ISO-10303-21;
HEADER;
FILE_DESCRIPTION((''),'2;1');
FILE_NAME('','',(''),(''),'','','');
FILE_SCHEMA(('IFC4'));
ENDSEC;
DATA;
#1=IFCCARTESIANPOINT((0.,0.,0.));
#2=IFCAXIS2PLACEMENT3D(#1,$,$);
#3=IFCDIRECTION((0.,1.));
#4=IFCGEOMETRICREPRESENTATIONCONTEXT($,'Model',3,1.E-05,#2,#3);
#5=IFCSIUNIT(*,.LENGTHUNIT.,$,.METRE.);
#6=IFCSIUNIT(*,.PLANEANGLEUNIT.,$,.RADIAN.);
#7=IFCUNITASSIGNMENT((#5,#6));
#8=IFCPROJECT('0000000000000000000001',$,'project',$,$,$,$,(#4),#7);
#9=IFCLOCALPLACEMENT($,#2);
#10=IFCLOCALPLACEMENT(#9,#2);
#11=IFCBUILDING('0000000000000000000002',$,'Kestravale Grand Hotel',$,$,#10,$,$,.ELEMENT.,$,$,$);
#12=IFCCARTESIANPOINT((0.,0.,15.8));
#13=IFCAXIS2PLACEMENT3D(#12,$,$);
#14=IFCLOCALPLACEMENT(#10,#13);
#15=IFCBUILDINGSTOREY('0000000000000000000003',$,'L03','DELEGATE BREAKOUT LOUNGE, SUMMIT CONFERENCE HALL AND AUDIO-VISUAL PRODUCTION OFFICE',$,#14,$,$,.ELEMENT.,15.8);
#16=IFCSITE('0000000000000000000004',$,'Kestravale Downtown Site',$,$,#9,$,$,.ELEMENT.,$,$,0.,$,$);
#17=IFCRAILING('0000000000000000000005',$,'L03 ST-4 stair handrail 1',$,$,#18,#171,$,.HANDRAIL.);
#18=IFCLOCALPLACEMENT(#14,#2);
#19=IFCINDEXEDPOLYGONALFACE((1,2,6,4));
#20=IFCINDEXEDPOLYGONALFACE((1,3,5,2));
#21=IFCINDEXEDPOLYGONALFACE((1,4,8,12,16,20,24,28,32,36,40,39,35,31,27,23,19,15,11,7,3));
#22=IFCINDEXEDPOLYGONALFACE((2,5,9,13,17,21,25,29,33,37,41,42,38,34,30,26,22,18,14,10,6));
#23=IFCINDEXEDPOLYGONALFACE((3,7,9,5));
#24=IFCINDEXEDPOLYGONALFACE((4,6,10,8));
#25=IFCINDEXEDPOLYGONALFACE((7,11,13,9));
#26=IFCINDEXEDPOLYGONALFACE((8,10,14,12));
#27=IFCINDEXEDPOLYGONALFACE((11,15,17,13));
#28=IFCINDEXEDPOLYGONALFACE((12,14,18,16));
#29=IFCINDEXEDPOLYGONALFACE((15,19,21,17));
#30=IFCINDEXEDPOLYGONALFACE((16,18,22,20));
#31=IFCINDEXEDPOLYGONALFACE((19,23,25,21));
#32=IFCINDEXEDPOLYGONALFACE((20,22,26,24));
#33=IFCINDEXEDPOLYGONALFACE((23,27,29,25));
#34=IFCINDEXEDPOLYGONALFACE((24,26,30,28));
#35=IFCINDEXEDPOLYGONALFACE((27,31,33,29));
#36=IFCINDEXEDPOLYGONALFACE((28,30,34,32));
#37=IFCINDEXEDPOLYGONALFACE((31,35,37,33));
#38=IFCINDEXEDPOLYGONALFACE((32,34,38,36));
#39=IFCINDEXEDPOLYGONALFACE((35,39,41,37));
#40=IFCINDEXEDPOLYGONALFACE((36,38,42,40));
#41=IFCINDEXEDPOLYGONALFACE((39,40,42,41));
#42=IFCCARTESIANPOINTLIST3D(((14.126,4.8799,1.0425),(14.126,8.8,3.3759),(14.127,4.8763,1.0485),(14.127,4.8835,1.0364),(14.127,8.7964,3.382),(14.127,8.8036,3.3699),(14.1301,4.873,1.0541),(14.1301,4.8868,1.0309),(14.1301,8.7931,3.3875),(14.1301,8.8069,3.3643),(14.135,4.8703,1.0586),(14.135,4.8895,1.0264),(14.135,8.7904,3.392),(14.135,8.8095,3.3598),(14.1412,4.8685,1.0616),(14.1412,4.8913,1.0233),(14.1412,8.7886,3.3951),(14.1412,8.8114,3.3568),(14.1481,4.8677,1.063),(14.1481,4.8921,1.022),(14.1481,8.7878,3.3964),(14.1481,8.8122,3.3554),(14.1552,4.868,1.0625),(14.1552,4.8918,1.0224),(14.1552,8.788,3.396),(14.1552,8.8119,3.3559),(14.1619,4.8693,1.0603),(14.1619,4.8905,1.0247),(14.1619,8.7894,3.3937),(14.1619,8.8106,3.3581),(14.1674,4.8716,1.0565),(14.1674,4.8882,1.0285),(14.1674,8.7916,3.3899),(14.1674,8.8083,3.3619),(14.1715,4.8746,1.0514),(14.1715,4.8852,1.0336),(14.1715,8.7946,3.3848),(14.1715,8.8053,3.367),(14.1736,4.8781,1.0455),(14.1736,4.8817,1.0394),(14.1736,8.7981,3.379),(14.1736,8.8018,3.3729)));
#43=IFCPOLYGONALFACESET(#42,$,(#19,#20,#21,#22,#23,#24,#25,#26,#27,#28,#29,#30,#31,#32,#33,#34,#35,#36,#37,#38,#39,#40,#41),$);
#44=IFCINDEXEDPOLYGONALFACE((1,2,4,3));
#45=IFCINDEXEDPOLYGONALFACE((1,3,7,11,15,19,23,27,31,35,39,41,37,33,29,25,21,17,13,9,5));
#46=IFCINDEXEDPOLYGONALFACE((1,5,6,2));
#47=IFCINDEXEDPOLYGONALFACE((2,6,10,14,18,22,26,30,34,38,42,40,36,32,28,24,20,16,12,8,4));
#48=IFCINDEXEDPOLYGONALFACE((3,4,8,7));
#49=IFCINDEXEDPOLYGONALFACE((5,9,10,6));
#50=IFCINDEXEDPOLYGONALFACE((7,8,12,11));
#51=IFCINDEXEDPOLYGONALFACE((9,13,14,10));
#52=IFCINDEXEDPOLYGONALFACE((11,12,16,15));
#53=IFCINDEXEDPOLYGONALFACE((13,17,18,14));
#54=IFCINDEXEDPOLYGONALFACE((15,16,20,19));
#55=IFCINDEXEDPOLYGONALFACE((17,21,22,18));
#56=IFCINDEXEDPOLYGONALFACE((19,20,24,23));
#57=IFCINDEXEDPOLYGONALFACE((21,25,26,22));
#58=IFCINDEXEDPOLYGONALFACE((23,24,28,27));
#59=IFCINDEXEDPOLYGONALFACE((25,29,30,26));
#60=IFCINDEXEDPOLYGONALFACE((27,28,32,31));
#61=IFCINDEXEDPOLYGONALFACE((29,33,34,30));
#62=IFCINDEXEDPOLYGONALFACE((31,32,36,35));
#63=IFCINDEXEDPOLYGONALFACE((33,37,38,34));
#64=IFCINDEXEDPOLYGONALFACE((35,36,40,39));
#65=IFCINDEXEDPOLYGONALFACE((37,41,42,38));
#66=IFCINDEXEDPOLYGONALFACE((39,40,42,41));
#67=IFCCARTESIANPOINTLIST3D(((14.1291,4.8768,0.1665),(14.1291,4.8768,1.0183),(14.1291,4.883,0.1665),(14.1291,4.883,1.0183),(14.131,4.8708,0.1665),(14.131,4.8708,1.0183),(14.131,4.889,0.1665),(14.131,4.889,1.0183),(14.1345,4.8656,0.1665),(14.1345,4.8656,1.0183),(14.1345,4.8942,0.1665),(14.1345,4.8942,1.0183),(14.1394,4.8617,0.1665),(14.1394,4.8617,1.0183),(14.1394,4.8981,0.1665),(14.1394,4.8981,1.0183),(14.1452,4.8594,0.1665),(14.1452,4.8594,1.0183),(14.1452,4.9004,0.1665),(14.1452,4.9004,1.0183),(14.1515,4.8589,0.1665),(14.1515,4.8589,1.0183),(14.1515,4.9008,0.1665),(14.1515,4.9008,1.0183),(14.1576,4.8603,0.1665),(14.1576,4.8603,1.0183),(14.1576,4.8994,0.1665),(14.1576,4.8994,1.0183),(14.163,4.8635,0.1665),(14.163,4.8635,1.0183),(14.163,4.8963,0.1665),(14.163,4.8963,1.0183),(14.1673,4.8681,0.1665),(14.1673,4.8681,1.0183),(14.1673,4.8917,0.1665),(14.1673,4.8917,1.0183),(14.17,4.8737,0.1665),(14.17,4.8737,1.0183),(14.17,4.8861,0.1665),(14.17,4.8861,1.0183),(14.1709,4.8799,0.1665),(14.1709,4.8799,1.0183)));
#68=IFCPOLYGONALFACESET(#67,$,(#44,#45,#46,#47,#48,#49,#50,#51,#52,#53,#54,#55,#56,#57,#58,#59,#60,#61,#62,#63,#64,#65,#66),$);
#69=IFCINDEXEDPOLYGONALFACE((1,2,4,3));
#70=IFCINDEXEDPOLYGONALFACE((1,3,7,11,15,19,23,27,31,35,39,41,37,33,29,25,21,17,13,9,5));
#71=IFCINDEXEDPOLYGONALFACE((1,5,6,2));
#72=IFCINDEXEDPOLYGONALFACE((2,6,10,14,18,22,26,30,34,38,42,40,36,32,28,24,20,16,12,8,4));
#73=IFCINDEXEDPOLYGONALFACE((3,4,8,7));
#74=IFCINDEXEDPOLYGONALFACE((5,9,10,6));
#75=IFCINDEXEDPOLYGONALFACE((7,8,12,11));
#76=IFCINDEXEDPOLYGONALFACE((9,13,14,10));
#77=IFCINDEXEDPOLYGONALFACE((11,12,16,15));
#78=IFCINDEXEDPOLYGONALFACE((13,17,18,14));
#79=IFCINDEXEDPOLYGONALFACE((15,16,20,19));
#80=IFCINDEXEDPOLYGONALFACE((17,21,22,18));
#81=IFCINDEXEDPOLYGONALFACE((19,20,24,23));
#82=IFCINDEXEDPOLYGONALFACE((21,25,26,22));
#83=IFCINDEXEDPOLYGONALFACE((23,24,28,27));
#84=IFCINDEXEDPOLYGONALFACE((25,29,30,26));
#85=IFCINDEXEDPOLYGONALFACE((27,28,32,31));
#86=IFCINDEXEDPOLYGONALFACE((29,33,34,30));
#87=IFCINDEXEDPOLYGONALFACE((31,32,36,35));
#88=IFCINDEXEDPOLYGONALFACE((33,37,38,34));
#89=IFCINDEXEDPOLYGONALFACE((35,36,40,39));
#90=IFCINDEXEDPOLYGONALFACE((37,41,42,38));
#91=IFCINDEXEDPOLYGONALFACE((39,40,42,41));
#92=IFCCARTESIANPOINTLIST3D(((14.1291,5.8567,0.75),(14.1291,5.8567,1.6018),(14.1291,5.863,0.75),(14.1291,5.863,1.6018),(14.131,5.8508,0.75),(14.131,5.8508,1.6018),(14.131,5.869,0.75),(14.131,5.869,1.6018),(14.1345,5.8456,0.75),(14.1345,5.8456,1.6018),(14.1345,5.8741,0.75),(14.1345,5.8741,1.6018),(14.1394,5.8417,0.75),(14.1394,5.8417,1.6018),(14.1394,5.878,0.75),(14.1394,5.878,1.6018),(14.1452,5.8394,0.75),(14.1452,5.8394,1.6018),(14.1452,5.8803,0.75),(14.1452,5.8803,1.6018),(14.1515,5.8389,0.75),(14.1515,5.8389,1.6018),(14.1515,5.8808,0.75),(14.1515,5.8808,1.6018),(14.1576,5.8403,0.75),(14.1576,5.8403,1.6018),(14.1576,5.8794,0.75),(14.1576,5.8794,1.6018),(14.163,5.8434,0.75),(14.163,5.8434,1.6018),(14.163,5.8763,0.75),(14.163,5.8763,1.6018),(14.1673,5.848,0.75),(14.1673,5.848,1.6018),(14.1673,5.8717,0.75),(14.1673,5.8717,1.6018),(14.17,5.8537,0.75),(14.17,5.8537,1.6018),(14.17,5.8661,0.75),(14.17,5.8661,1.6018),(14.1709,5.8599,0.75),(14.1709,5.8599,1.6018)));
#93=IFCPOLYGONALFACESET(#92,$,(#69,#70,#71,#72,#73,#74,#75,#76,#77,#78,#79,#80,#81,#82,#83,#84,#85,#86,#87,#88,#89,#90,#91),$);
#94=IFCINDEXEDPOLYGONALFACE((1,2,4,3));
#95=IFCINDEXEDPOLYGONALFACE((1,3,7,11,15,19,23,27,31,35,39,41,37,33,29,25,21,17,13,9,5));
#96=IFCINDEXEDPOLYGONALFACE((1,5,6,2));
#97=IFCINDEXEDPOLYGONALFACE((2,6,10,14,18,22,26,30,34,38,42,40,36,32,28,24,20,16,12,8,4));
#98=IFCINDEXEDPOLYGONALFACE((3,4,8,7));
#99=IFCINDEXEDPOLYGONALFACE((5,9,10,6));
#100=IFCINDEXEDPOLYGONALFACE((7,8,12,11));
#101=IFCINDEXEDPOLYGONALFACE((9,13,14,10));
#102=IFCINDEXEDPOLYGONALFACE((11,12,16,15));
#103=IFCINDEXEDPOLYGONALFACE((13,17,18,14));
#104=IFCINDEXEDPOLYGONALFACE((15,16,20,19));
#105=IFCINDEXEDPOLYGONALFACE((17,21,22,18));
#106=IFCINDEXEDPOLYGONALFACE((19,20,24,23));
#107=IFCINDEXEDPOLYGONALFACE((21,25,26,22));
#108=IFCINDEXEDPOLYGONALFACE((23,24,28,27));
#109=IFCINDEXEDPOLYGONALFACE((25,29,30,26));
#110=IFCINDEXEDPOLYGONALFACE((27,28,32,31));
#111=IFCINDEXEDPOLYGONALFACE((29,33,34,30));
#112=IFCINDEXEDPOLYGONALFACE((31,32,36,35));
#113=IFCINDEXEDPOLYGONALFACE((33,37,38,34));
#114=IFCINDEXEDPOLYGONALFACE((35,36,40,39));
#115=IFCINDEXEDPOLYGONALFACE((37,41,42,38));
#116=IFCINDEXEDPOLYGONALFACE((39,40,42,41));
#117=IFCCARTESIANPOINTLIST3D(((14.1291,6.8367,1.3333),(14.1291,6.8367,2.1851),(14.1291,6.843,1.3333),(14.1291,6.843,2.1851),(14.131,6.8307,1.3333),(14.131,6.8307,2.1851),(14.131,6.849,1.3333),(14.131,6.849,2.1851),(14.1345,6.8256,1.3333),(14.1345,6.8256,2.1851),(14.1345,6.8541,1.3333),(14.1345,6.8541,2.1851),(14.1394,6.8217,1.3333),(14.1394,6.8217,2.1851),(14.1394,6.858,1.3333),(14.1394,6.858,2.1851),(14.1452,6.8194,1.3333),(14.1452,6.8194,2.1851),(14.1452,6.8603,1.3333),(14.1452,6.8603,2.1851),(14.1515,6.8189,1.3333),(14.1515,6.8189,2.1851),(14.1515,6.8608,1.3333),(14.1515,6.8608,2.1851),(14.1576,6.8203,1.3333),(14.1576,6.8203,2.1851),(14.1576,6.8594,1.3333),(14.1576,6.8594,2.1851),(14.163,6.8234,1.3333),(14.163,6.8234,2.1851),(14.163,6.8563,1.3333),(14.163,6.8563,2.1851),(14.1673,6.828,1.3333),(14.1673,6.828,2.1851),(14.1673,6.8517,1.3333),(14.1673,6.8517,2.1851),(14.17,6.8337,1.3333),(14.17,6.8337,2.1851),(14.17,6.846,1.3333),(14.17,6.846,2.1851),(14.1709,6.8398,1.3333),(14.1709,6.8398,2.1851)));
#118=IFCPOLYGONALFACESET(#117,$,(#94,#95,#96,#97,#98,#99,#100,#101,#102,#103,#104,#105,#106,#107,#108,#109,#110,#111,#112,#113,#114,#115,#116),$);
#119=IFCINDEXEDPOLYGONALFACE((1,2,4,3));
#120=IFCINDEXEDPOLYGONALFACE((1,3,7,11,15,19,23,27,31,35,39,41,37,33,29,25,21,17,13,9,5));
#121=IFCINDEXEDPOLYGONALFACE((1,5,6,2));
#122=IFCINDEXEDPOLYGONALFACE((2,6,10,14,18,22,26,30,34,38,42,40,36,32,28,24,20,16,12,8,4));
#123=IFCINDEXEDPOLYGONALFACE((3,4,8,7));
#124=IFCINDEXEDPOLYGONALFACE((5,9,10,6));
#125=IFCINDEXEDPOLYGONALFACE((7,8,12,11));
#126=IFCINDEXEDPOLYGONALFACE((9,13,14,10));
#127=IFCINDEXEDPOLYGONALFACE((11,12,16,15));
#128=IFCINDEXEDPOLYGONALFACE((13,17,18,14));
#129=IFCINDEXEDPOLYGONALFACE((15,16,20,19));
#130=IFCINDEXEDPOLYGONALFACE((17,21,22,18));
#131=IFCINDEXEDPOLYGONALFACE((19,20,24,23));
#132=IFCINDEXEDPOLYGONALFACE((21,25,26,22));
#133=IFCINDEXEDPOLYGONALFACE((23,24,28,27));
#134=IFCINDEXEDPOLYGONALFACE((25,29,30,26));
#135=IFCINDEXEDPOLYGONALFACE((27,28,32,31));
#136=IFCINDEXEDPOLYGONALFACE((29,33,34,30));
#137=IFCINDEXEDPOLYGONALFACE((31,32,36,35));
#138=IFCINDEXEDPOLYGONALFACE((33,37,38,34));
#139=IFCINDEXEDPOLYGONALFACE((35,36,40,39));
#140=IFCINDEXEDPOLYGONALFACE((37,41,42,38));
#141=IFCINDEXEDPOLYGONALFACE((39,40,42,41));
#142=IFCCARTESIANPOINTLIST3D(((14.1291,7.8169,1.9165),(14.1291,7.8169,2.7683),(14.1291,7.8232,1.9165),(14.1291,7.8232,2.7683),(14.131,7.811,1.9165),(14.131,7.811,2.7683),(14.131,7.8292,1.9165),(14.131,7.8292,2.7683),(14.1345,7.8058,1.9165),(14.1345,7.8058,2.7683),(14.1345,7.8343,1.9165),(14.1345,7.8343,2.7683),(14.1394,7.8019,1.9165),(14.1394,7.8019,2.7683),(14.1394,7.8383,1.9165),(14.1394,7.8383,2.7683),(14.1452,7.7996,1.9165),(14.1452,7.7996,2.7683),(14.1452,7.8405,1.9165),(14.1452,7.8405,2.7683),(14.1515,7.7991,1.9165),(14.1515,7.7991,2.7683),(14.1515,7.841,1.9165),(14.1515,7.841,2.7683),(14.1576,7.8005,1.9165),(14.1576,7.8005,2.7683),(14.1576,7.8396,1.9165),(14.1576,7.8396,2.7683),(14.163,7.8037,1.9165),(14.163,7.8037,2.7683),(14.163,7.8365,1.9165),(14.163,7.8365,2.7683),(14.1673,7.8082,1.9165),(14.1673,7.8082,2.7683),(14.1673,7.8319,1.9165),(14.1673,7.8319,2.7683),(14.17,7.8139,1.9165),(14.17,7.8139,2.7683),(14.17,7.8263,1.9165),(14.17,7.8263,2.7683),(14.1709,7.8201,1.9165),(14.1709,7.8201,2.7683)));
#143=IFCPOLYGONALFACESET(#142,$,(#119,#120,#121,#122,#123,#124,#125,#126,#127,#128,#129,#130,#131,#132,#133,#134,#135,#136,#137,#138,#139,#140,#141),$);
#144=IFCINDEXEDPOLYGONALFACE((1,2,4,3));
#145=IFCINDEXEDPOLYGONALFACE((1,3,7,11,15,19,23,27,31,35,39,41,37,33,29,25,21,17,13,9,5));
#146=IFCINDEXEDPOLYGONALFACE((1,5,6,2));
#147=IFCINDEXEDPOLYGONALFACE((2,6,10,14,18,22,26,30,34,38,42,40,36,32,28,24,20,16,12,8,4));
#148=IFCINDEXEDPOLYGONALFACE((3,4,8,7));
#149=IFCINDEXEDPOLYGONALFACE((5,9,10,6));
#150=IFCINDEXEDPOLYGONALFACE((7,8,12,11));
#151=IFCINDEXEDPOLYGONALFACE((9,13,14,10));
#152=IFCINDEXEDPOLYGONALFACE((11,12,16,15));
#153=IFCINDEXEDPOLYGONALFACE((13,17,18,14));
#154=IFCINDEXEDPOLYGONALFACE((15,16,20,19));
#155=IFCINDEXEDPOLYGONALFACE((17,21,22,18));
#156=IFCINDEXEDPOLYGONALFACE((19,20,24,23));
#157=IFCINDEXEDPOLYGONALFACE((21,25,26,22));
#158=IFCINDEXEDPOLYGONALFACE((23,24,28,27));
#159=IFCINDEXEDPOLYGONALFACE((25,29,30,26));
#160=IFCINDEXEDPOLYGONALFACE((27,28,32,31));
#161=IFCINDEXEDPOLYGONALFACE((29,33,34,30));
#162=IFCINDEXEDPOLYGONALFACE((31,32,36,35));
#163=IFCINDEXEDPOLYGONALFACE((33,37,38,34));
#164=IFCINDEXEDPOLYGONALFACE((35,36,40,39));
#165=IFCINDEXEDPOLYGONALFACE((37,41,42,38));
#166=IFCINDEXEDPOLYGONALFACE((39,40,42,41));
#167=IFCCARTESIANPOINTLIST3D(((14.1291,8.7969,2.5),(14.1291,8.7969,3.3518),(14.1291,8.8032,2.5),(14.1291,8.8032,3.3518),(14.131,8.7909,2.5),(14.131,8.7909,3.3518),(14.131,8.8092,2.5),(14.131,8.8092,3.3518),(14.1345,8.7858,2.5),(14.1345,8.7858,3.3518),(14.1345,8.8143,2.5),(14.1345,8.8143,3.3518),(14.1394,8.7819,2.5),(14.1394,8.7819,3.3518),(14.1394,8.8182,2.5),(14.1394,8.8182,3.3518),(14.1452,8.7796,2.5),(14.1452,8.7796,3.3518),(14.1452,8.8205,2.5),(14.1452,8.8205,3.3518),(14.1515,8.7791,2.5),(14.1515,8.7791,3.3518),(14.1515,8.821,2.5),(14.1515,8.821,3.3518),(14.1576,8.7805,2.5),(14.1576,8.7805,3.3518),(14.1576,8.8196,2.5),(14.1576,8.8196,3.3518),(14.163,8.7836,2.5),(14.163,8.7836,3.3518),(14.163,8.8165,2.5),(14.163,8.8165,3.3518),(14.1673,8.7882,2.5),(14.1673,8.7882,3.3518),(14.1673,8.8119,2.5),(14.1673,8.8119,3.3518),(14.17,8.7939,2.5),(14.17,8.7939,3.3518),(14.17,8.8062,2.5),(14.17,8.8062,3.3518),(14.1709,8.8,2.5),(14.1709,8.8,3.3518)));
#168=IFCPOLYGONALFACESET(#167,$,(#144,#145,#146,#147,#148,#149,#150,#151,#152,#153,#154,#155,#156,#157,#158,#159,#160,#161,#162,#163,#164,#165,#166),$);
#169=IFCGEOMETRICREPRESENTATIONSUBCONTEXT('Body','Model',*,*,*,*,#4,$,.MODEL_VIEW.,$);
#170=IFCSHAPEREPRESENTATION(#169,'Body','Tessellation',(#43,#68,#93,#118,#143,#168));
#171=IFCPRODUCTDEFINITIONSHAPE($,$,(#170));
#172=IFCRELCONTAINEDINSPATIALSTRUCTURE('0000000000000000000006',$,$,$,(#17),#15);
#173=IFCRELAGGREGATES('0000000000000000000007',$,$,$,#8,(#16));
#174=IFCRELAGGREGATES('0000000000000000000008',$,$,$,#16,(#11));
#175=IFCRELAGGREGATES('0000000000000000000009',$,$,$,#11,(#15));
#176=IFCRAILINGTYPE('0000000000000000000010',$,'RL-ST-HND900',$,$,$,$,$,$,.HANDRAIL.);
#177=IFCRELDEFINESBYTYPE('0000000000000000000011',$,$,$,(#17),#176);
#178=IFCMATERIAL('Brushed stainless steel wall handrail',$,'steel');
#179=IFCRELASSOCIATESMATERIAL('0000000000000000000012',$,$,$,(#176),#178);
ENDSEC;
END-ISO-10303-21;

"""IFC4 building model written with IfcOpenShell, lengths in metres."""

from ifc_helpers import new_model, si_unit, direction, frame, origin, origin_2d, place, context, subcontext, project, spatial, circle, extrude, material, type_object, element, save


model = new_model("IFC4")

# Units and contexts
model_context = context("Model", 3, precision=1e-05, world=origin(), true_north=direction((0.0, 1.0)))
body_context = subcontext(model_context, "Body", "Model", "MODEL_VIEW")
ifc_project = project(units=[si_unit("LENGTHUNIT", "METRE"), si_unit("PLANEANGLEUNIT", "RADIAN")], contexts=[model_context])

# Site, building, storey
site_placement = place(None, origin())
site = spatial("IfcSite", under=ifc_project, at=site_placement, Name="Kestravale Downtown Site", CompositionType="ELEMENT", RefElevation=0.0)
building_placement = place(site_placement, origin())
building = spatial("IfcBuilding", under=site, at=building_placement, Name="Kestravale Grand Hotel", CompositionType="ELEMENT")
storey_placement = place(building_placement, frame((0.0, 0.0, 15.8)))
storey = spatial("IfcBuildingStorey", under=building, at=storey_placement, Name="L03", Description="DELEGATE BREAKOUT LOUNGE, SUMMIT CONFERENCE HALL AND AUDIO-VISUAL PRODUCTION OFFICE", CompositionType="ELEMENT", Elevation=15.8)

# Railing
ifc_material_1 = material(Name="Brushed stainless steel wall handrail", Category="steel")
railing_type_1 = type_object("IfcRailingType", Name="RL-ST-HND900", PredefinedType="HANDRAIL", material=ifc_material_1)
railing_1_placement = place(storey_placement, frame((14.1499, 4.8799, 0.1665)))
element("IfcRailing", 1, at=railing_1_placement, inside=storey, type_object=railing_type_1, Name="L03 ST-4 stair handrail 1", PredefinedType="HANDRAIL", context=body_context, shape_type="SweptSolid", body=[
    extrude(circle(Radius=0.0239, at=origin_2d()), frame((0.0, 0.0, 0.876), z_axis=(0.0, 0.859287, 0.511494), x_axis=(-1.0, 0.0, 0.0)), (0.0, 0.0, 1.0), 4.562),
    extrude(circle(Radius=0.021, at=origin_2d()), origin(), (0.0, 0.0, 1.0), 0.8518),
    extrude(circle(Radius=0.021, at=origin_2d()), frame((0.0, 0.98, 0.5835)), (0.0, 0.0, 1.0), 0.8518),
    extrude(circle(Radius=0.021, at=origin_2d()), frame((0.0, 1.96, 1.1667)), (0.0, 0.0, 1.0), 0.8518),
    extrude(circle(Radius=0.021, at=origin_2d()), frame((0.0, 2.9402, 1.75)), (0.0, 0.0, 1.0), 0.8518),
    extrude(circle(Radius=0.021, at=origin_2d()), frame((0.0, 3.9202, 2.3335)), (0.0, 0.0, 1.0), 0.8518),
])

save(model, "model.ifc")
